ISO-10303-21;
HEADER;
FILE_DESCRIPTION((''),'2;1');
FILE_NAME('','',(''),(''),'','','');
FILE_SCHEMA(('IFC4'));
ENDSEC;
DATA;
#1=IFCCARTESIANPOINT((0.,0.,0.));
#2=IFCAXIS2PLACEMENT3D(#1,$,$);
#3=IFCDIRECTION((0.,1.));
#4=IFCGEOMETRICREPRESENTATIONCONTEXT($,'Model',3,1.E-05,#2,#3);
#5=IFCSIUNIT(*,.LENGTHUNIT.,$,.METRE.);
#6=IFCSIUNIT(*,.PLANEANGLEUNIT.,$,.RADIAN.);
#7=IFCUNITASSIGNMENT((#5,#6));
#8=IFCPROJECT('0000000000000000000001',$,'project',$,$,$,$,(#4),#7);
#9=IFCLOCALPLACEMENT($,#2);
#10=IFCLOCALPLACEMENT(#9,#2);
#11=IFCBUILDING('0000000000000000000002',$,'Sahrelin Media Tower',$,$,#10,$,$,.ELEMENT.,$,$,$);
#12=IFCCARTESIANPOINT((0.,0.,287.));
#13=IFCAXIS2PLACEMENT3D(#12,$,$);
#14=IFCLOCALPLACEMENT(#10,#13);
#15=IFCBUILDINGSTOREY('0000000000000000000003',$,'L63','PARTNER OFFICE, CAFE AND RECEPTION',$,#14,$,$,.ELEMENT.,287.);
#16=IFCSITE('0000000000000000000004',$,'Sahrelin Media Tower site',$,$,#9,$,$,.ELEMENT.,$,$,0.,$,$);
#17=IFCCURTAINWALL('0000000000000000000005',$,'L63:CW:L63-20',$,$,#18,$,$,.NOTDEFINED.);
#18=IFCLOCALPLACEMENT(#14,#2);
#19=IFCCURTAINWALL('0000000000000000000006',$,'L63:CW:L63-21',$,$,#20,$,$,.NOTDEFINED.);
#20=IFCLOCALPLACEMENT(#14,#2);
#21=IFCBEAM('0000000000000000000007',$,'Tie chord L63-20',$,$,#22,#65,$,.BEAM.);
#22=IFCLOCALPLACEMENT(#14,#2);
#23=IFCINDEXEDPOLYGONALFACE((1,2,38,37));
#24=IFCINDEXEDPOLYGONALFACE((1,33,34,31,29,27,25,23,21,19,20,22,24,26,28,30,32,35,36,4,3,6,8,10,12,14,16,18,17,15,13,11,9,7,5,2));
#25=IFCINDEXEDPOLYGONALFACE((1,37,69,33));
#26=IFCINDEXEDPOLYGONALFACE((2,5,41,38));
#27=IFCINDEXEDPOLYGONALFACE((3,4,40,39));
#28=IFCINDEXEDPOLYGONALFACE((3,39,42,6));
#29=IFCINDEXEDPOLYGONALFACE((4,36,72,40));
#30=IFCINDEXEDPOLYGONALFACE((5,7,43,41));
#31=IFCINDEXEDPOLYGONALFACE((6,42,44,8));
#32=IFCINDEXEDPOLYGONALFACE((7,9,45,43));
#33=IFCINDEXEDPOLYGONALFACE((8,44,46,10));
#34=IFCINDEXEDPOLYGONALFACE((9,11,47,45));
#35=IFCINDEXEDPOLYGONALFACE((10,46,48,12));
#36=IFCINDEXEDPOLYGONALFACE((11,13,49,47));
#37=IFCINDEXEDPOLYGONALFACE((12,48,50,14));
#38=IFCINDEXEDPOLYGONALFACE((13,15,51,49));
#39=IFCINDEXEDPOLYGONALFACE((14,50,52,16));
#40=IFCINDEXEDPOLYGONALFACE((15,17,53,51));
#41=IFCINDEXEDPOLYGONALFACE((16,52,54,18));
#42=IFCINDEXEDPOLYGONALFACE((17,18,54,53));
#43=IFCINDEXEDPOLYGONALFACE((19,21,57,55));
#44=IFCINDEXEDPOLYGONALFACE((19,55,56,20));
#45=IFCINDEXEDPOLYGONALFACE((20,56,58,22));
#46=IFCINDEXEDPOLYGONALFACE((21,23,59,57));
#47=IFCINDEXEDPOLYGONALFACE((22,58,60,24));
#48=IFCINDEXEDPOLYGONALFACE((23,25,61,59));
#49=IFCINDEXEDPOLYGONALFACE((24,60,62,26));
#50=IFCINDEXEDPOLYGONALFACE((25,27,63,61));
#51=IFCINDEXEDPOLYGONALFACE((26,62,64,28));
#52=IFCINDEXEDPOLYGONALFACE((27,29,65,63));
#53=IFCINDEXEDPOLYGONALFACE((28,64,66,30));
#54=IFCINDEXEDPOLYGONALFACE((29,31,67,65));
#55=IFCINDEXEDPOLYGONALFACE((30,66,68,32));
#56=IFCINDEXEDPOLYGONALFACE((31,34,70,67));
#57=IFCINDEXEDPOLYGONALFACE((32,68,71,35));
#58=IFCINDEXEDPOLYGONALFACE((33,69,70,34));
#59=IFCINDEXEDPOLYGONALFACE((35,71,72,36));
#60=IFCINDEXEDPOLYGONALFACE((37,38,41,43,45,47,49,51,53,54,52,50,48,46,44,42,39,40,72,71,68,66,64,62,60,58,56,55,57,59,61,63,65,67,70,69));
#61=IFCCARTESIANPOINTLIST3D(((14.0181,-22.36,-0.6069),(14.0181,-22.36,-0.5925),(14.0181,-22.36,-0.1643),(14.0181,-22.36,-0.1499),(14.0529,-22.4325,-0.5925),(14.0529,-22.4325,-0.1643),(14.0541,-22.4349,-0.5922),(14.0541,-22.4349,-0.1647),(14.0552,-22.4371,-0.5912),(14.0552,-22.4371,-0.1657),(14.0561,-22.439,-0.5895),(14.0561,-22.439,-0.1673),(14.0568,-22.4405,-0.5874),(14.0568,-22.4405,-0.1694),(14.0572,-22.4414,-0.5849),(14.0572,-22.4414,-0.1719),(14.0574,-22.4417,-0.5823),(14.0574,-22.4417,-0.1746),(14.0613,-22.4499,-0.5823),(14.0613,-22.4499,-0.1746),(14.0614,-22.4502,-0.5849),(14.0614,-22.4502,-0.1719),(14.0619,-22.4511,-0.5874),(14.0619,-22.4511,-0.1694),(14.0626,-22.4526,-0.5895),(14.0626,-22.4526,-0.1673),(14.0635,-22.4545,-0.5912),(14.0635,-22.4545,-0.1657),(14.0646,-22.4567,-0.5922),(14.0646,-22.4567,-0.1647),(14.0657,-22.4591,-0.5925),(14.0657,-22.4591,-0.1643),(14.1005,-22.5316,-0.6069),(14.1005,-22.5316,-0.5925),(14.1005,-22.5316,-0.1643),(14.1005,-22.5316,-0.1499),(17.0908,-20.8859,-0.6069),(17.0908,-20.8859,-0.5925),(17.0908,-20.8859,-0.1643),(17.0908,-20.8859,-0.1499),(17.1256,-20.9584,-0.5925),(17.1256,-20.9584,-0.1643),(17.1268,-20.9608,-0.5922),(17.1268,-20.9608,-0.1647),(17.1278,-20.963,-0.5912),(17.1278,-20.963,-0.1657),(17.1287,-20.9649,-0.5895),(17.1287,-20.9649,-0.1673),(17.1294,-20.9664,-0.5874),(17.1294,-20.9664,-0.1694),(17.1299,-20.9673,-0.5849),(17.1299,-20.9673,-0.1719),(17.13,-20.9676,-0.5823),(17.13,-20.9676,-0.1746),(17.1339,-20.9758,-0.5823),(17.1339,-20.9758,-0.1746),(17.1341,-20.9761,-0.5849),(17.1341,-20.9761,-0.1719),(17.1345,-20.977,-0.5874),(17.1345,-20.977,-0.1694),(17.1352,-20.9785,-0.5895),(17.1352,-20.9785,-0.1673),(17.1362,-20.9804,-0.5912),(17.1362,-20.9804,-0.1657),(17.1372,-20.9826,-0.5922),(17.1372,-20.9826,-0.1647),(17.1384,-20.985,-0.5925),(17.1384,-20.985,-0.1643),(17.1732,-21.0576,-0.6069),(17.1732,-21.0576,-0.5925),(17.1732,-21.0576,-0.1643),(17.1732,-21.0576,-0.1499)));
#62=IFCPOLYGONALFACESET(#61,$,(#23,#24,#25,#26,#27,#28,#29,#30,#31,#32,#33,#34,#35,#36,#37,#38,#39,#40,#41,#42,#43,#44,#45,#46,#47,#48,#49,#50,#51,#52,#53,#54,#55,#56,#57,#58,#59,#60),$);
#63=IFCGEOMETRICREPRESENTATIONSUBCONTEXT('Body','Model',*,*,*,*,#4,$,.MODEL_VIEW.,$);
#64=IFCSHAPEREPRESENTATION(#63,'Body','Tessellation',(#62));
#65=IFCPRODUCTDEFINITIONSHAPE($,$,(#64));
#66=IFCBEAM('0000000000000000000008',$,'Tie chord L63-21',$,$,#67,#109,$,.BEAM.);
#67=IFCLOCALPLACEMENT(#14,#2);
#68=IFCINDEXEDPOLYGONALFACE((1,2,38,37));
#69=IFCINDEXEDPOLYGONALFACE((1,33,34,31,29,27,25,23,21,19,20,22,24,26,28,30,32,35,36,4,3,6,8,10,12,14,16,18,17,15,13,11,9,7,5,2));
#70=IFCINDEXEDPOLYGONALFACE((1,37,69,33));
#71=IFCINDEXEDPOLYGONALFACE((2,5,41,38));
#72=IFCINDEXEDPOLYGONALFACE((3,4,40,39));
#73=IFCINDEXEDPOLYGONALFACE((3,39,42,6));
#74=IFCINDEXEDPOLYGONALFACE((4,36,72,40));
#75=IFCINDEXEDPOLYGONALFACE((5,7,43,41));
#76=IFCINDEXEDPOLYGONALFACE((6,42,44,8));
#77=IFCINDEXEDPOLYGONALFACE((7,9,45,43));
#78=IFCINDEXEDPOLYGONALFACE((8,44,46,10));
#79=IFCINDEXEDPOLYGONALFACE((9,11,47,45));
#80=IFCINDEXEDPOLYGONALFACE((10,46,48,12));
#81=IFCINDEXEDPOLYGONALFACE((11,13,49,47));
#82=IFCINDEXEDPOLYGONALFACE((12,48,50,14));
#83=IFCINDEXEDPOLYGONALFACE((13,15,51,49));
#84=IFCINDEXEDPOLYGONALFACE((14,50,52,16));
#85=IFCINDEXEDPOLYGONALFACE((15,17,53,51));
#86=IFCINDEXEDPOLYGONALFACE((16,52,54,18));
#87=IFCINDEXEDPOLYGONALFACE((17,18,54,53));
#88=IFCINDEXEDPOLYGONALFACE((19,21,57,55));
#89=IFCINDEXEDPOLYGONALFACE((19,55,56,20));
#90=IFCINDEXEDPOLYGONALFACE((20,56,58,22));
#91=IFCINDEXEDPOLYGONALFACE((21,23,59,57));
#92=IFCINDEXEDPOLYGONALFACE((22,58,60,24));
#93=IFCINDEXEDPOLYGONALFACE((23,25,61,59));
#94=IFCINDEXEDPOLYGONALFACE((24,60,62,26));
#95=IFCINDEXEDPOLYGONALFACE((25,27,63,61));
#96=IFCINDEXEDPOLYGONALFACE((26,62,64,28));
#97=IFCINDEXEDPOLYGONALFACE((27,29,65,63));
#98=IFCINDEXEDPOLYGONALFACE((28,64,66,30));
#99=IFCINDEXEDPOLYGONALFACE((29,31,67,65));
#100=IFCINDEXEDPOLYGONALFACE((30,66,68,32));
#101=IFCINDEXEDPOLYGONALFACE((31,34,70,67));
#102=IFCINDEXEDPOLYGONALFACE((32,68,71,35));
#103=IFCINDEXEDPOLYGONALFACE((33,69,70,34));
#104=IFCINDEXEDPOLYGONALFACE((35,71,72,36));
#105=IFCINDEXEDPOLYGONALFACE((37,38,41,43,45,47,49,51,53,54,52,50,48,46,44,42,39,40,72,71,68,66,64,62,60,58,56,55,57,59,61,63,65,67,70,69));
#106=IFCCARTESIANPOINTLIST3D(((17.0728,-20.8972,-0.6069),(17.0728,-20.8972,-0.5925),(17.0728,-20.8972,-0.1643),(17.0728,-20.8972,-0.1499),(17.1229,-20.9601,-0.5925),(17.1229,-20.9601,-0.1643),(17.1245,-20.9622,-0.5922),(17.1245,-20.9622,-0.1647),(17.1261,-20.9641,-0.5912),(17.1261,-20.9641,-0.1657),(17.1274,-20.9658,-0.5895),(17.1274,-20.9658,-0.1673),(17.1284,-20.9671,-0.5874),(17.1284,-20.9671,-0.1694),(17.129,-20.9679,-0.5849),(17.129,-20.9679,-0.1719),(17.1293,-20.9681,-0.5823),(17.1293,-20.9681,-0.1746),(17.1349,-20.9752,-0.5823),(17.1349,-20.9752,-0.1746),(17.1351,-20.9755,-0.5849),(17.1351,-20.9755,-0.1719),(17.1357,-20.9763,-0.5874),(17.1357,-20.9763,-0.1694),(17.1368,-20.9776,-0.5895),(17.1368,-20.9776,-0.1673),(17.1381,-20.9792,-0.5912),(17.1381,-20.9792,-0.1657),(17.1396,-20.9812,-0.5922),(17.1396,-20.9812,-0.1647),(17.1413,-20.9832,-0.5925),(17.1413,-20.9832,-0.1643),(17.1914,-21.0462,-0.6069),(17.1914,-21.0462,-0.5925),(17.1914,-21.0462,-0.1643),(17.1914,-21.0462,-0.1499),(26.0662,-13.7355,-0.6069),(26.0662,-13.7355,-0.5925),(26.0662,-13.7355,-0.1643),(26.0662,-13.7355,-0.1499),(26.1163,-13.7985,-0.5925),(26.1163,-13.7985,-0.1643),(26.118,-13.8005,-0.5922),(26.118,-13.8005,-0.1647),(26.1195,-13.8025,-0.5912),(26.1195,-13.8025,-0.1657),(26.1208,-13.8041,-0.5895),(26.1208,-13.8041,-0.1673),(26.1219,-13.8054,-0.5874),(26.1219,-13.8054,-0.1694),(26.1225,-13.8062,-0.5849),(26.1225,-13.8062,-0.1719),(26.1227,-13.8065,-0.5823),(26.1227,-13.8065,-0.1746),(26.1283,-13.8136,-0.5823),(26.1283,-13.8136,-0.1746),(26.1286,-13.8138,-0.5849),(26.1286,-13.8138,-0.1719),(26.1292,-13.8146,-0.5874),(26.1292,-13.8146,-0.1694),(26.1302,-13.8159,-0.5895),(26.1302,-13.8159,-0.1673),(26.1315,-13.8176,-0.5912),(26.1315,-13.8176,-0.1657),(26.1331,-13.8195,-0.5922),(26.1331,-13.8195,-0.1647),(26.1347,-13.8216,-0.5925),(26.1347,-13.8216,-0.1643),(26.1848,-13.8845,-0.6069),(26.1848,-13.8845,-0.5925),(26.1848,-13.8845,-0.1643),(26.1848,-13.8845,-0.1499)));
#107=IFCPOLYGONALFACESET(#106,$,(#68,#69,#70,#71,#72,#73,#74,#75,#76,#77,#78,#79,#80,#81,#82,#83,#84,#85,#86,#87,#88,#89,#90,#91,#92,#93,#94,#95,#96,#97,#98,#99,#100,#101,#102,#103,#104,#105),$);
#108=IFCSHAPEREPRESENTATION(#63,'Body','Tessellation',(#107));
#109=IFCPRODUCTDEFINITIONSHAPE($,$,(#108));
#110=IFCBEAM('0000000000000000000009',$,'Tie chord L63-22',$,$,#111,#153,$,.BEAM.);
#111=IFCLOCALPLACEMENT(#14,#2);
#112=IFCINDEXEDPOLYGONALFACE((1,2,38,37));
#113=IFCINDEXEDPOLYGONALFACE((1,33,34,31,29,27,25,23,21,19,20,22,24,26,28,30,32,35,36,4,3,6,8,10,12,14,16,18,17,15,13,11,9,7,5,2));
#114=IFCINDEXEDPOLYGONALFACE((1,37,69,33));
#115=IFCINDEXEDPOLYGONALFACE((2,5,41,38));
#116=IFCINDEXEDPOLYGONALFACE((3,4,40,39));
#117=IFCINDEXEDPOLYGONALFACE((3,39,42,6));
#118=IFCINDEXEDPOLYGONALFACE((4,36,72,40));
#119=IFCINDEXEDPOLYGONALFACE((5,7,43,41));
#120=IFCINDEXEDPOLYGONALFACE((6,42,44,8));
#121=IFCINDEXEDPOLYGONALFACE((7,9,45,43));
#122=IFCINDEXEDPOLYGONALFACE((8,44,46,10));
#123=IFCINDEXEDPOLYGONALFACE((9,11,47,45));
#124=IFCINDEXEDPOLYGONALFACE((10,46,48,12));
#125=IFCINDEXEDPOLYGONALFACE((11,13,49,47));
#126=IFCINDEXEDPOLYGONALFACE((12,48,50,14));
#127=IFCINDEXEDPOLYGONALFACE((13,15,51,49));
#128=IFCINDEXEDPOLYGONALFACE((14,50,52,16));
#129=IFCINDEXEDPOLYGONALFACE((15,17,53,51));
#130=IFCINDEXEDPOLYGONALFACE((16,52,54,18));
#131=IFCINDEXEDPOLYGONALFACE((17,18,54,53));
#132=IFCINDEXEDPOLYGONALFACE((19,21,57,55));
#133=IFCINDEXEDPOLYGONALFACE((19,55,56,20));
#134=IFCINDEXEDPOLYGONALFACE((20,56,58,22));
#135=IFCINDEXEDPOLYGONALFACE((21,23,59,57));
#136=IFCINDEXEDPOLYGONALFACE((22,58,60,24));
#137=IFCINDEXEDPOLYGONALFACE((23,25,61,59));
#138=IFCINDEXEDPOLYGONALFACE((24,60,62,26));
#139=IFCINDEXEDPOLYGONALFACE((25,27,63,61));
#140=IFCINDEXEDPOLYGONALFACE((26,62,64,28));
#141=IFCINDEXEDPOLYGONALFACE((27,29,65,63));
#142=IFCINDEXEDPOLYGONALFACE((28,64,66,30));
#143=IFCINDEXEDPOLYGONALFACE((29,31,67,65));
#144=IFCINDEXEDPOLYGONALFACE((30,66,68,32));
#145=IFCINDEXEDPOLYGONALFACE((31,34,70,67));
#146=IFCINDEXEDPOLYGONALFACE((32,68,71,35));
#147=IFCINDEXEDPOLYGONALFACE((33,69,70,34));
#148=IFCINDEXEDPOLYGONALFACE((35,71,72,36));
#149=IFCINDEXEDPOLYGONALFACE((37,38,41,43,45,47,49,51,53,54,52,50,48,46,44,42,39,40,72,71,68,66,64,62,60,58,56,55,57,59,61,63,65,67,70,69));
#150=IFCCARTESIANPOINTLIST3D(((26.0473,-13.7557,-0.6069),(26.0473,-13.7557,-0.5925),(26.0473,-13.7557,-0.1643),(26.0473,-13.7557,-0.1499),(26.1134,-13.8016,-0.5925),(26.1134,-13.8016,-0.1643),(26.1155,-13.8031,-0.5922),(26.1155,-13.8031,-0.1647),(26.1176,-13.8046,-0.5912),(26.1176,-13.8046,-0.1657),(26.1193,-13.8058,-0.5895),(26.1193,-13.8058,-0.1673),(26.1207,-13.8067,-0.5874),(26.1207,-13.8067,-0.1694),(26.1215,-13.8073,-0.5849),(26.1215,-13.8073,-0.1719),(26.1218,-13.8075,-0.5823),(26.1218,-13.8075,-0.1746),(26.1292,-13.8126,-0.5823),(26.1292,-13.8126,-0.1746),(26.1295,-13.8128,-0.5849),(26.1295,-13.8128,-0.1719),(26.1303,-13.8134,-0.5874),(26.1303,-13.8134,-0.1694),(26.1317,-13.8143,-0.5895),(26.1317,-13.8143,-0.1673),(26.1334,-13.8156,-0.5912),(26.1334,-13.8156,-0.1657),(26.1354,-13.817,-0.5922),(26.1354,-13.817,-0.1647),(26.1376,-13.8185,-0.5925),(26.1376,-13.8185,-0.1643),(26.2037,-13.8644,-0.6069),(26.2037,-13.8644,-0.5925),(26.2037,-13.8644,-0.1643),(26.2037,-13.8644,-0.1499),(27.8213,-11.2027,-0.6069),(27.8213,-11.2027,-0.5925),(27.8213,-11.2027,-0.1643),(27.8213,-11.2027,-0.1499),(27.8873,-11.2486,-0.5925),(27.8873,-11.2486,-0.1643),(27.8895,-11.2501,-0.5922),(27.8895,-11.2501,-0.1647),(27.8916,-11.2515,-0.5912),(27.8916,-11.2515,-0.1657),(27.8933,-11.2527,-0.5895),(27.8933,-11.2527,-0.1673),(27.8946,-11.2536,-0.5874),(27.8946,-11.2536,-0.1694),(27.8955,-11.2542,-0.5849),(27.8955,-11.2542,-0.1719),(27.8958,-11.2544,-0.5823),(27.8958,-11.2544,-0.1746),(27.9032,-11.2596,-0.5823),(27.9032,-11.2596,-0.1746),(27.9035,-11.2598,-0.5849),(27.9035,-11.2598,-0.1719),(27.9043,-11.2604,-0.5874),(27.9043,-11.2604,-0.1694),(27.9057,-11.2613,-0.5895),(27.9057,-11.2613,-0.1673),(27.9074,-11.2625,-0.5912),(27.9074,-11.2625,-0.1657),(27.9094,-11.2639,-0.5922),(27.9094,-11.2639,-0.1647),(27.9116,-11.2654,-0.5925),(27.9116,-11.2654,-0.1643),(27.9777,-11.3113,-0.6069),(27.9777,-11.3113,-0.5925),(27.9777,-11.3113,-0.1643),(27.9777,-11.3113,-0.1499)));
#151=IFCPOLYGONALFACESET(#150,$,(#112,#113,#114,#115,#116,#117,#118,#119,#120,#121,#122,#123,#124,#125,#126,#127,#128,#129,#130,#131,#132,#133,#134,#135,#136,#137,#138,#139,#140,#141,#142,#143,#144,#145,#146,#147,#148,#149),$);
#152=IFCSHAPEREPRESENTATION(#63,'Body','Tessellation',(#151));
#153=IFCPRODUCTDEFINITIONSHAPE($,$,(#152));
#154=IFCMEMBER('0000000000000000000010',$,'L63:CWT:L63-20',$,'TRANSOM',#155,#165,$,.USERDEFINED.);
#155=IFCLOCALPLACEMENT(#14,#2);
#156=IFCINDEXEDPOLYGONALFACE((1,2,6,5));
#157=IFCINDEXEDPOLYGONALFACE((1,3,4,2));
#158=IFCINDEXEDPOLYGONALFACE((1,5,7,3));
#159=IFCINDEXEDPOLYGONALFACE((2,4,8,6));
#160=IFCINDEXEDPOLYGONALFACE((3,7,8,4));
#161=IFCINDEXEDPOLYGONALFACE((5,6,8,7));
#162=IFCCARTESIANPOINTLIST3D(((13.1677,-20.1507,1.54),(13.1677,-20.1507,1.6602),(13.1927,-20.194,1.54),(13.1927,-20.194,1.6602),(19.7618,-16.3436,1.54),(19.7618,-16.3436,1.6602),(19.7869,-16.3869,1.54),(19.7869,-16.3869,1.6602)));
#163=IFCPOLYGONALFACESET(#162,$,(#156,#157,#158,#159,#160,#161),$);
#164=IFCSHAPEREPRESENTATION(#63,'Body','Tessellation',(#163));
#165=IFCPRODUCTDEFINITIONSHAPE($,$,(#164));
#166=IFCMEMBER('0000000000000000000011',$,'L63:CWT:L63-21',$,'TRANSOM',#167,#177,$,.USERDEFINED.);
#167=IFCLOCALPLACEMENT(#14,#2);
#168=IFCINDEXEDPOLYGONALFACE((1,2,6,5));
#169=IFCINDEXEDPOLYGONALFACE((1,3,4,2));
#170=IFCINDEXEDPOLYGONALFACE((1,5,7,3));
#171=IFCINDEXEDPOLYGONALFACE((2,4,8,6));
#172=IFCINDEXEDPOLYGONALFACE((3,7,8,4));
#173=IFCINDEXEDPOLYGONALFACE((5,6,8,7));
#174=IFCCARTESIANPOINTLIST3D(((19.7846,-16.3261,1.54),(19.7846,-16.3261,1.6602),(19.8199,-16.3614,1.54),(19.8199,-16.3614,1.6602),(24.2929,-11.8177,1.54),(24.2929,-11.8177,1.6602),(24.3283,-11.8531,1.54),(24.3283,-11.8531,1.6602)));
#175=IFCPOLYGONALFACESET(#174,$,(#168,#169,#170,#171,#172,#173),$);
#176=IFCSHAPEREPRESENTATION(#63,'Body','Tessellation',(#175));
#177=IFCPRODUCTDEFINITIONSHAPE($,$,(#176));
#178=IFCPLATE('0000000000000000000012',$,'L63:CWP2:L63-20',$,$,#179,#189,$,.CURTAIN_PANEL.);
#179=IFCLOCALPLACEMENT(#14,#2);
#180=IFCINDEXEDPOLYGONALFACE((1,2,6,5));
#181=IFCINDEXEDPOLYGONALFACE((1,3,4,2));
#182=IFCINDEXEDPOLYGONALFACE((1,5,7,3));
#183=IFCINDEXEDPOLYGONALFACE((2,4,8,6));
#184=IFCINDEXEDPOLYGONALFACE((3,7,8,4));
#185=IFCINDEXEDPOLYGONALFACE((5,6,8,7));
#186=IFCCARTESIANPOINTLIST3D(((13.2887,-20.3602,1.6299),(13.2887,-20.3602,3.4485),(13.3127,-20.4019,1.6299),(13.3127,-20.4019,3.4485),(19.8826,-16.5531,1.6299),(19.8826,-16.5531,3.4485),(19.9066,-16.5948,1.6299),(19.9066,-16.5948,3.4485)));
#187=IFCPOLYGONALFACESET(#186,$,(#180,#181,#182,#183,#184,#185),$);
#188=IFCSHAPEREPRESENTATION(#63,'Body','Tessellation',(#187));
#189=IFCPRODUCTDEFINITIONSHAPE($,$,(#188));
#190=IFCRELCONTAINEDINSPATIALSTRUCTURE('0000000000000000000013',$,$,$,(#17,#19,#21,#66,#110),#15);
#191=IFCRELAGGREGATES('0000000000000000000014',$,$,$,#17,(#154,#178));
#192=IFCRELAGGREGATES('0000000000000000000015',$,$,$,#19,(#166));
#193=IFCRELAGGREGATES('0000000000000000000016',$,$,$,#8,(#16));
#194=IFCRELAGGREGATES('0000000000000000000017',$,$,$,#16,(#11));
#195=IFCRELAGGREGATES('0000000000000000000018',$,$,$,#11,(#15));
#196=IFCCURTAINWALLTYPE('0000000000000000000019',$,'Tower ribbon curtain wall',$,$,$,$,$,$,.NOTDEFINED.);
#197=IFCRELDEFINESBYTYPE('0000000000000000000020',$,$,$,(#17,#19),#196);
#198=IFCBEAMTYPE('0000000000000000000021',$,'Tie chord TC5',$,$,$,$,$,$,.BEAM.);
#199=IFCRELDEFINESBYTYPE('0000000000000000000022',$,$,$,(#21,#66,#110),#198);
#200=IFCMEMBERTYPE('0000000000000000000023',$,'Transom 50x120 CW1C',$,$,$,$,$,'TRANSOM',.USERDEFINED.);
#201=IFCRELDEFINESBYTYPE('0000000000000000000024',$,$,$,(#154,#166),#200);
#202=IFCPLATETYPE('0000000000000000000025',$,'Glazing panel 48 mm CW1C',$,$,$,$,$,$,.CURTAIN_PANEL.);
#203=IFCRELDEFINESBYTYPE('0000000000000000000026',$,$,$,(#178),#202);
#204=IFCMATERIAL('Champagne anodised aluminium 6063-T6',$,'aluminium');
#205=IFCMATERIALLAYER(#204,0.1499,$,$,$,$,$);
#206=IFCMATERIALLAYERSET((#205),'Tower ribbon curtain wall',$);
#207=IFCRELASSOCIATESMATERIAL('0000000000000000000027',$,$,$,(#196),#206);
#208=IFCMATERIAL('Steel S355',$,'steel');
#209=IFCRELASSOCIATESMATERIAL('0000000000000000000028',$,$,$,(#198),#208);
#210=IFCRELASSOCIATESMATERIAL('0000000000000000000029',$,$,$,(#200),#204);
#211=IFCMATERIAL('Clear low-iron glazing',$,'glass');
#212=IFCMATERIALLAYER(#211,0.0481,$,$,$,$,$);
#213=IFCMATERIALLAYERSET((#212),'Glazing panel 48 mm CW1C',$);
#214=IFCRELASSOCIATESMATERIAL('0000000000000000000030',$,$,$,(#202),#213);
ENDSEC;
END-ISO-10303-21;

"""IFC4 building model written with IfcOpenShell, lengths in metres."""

from ifc_helpers import new_model, si_unit, direction, frame, origin, origin_2d, place, context, subcontext, project, spatial, polyline, rectangle, i_section, outline, extrude, material, layer, layer_set, material_profile, profile_set, type_object, element, aggregate, save


model = new_model("IFC4")

# Units and contexts
model_context = context("Model", 3, precision=1e-05, world=origin(), true_north=direction((0.0, 1.0)))
body_context = subcontext(model_context, "Body", "Model", "MODEL_VIEW")
ifc_project = project(units=[si_unit("LENGTHUNIT", "METRE"), si_unit("PLANEANGLEUNIT", "RADIAN")], contexts=[model_context])

# Site, building, storey
site_placement = place(None, origin())
site = spatial("IfcSite", under=ifc_project, at=site_placement, Name="Sahrelin Media Tower site", CompositionType="ELEMENT", RefElevation=0.0)
building_placement = place(site_placement, origin())
building = spatial("IfcBuilding", under=site, at=building_placement, Name="Sahrelin Media Tower", CompositionType="ELEMENT")
storey_placement = place(building_placement, frame((0.0, 0.0, 287.0)))
storey = spatial("IfcBuildingStorey", under=building, at=storey_placement, Name="L63", Description="PARTNER OFFICE, CAFE AND RECEPTION", CompositionType="ELEMENT", Elevation=287.0)

# Shared definitions
ifc_material_1 = material(Name="Steel S355", Category="steel")

# Curtain walls
ifc_material_2 = material(Name="Champagne anodised aluminium 6063-T6", Category="aluminium")
ifc_layer_1 = layer(ifc_material_2, 0.1499)
ifc_layer_set_1 = layer_set([ifc_layer_1], Name="Tower ribbon curtain wall")
curtain_wall_type = type_object("IfcCurtainWallType", Name="Tower ribbon curtain wall", PredefinedType="NOTDEFINED", material=ifc_layer_set_1)
curtain_wall_1_placement = place(storey_placement, frame((16.5999, -18.481, 0.0), z_axis=(0.0, 0.0, 1.0), x_axis=(1.0, 0.0, 0.0)))
curtain_wall_1 = element("IfcCurtainWall", 1, at=curtain_wall_1_placement, inside=storey, type_object=curtain_wall_type, Name="L63:CW:L63-20", PredefinedType="NOTDEFINED")
curtain_wall_2_placement = place(storey_placement, frame((22.2295, -14.2629, 0.0), z_axis=(0.0, 0.0, 1.0), x_axis=(1.0, 0.0, 0.0)))
curtain_wall_2 = element("IfcCurtainWall", 2, at=curtain_wall_2_placement, inside=storey, type_object=curtain_wall_type, Name="L63:CW:L63-21", PredefinedType="NOTDEFINED")

# Beams
ifc_material_profile_1 = material_profile(ifc_material_1, i_section(OverallWidth=0.1904, OverallDepth=0.457, WebThickness=0.009, FlangeThickness=0.0144, FilletRadius=0.0103, at=origin_2d()), Name="UB 457x191x74")
ifc_profile_set_1 = profile_set([ifc_material_profile_1], Name="Steel S355")
beam_type_1 = type_object("IfcBeamType", Name="Tie chord TC5", PredefinedType="BEAM", material=ifc_profile_set_1)
beam_1_placement = place(storey_placement, frame((14.0593, -22.4458, -0.3784), z_axis=(0.901615, 0.43254, 0.0), x_axis=(-0.43254, 0.901615, 0.0)))
element("IfcBeam", 3, at=beam_1_placement, inside=storey, type_object=beam_type_1, Name="Tie chord L63-20", PredefinedType="BEAM", context=body_context, shape_type="SweptSolid", body=[
    extrude(i_section(OverallWidth=0.1904, OverallDepth=0.457, WebThickness=0.009, FlangeThickness=0.0144, FilletRadius=0.0103, at=origin_2d()), origin(), (0.0, 0.0, 1.0), 3.408),
])
beam_2_placement = place(storey_placement, frame((17.1321, -20.9717, -0.3784), z_axis=(0.782272, 0.622938, 0.0), x_axis=(-0.622938, 0.782272, 0.0)))
element("IfcBeam", 4, at=beam_2_placement, inside=storey, type_object=beam_type_1, Name="Tie chord L63-21", PredefinedType="BEAM", context=body_context, shape_type="SweptSolid", body=[
    extrude(i_section(OverallWidth=0.1904, OverallDepth=0.457, WebThickness=0.009, FlangeThickness=0.0144, FilletRadius=0.0103, at=origin_2d()), origin(), (0.0, 0.0, 1.0), 11.4966),
])
beam_3_placement = place(storey_placement, frame((26.1255, -13.8101, -0.3784), z_axis=(0.570618, 0.821216, 0.0), x_axis=(-0.821216, 0.570618, 0.0)))
element("IfcBeam", 5, at=beam_3_placement, inside=storey, type_object=beam_type_1, Name="Tie chord L63-22", PredefinedType="BEAM", context=body_context, shape_type="SweptSolid", body=[
    extrude(i_section(OverallWidth=0.1904, OverallDepth=0.457, WebThickness=0.009, FlangeThickness=0.0144, FilletRadius=0.0103, at=origin_2d()), origin(), (0.0, 0.0, 1.0), 3.1089),
])

# Members
ifc_material_profile_2 = material_profile(ifc_material_2, rectangle(XDim=0.05, YDim=0.1201, at=origin_2d()), Name="Transom 50x120")
ifc_profile_set_2 = profile_set([ifc_material_profile_2], Name="Champagne anodised aluminium 6063-T6")
member_type_1 = type_object("IfcMemberType", Name="Transom 50x120 CW1C", ElementType="TRANSOM", PredefinedType="USERDEFINED", material=ifc_profile_set_2)
member_1_placement = place(storey_placement, frame((13.1802, -20.1724, 1.6001), z_axis=(0.866029, 0.499994, 0.0), x_axis=(-0.499994, 0.866029, 0.0)))
member_1 = element("IfcMember", 6, at=member_1_placement, type_object=member_type_1, Name="L63:CWT:L63-20", ObjectType="TRANSOM", PredefinedType="USERDEFINED", context=body_context, shape_type="SweptSolid", body=[
    extrude(rectangle(XDim=0.05, YDim=0.1201, at=origin_2d()), origin(), (0.0, 0.0, 1.0), 7.6143),
])
member_2_placement = place(storey_placement, frame((19.8022, -16.3438, 1.6001), z_axis=(0.707107, 0.707107, 0.0), x_axis=(-0.707107, 0.707107, 0.0)))
member_2 = element("IfcMember", 7, at=member_2_placement, type_object=member_type_1, Name="L63:CWT:L63-21", ObjectType="TRANSOM", PredefinedType="USERDEFINED", context=body_context, shape_type="SweptSolid", body=[
    extrude(rectangle(XDim=0.05, YDim=0.1201, at=origin_2d()), origin(), (0.0, 0.0, 1.0), 6.3757),
])

# Plate
ifc_material_3 = material(Name="Clear low-iron glazing", Category="glass")
ifc_layer_2 = layer(ifc_material_3, 0.0481)
ifc_layer_set_2 = layer_set([ifc_layer_2], Name="Glazing panel 48 mm CW1C")
plate_type_1 = type_object("IfcPlateType", Name="Glazing panel 48 mm CW1C", PredefinedType="CURTAIN_PANEL", material=ifc_layer_set_2)
plate_1_placement = place(storey_placement, frame((13.3127, -20.4019, 1.6299), z_axis=(0.500008, -0.866021, 0.0), x_axis=(0.866021, 0.500008, 0.0)))
plate_1 = element("IfcPlate", 8, at=plate_1_placement, type_object=plate_type_1, Name="L63:CWP2:L63-20", PredefinedType="CURTAIN_PANEL", context=body_context, shape_type="SweptSolid", body=[
    extrude(outline(polyline([(0.0, 0.0), (7.614, 0.0), (7.614, 1.8186), (0.0, 1.8186), (0.0, 0.0)])), origin(), (0.0, 0.0, -1.0), 0.0481),
])
aggregate(curtain_wall_1, [member_1, plate_1])
aggregate(curtain_wall_2, [member_2])

save(model, "model.ifc")
